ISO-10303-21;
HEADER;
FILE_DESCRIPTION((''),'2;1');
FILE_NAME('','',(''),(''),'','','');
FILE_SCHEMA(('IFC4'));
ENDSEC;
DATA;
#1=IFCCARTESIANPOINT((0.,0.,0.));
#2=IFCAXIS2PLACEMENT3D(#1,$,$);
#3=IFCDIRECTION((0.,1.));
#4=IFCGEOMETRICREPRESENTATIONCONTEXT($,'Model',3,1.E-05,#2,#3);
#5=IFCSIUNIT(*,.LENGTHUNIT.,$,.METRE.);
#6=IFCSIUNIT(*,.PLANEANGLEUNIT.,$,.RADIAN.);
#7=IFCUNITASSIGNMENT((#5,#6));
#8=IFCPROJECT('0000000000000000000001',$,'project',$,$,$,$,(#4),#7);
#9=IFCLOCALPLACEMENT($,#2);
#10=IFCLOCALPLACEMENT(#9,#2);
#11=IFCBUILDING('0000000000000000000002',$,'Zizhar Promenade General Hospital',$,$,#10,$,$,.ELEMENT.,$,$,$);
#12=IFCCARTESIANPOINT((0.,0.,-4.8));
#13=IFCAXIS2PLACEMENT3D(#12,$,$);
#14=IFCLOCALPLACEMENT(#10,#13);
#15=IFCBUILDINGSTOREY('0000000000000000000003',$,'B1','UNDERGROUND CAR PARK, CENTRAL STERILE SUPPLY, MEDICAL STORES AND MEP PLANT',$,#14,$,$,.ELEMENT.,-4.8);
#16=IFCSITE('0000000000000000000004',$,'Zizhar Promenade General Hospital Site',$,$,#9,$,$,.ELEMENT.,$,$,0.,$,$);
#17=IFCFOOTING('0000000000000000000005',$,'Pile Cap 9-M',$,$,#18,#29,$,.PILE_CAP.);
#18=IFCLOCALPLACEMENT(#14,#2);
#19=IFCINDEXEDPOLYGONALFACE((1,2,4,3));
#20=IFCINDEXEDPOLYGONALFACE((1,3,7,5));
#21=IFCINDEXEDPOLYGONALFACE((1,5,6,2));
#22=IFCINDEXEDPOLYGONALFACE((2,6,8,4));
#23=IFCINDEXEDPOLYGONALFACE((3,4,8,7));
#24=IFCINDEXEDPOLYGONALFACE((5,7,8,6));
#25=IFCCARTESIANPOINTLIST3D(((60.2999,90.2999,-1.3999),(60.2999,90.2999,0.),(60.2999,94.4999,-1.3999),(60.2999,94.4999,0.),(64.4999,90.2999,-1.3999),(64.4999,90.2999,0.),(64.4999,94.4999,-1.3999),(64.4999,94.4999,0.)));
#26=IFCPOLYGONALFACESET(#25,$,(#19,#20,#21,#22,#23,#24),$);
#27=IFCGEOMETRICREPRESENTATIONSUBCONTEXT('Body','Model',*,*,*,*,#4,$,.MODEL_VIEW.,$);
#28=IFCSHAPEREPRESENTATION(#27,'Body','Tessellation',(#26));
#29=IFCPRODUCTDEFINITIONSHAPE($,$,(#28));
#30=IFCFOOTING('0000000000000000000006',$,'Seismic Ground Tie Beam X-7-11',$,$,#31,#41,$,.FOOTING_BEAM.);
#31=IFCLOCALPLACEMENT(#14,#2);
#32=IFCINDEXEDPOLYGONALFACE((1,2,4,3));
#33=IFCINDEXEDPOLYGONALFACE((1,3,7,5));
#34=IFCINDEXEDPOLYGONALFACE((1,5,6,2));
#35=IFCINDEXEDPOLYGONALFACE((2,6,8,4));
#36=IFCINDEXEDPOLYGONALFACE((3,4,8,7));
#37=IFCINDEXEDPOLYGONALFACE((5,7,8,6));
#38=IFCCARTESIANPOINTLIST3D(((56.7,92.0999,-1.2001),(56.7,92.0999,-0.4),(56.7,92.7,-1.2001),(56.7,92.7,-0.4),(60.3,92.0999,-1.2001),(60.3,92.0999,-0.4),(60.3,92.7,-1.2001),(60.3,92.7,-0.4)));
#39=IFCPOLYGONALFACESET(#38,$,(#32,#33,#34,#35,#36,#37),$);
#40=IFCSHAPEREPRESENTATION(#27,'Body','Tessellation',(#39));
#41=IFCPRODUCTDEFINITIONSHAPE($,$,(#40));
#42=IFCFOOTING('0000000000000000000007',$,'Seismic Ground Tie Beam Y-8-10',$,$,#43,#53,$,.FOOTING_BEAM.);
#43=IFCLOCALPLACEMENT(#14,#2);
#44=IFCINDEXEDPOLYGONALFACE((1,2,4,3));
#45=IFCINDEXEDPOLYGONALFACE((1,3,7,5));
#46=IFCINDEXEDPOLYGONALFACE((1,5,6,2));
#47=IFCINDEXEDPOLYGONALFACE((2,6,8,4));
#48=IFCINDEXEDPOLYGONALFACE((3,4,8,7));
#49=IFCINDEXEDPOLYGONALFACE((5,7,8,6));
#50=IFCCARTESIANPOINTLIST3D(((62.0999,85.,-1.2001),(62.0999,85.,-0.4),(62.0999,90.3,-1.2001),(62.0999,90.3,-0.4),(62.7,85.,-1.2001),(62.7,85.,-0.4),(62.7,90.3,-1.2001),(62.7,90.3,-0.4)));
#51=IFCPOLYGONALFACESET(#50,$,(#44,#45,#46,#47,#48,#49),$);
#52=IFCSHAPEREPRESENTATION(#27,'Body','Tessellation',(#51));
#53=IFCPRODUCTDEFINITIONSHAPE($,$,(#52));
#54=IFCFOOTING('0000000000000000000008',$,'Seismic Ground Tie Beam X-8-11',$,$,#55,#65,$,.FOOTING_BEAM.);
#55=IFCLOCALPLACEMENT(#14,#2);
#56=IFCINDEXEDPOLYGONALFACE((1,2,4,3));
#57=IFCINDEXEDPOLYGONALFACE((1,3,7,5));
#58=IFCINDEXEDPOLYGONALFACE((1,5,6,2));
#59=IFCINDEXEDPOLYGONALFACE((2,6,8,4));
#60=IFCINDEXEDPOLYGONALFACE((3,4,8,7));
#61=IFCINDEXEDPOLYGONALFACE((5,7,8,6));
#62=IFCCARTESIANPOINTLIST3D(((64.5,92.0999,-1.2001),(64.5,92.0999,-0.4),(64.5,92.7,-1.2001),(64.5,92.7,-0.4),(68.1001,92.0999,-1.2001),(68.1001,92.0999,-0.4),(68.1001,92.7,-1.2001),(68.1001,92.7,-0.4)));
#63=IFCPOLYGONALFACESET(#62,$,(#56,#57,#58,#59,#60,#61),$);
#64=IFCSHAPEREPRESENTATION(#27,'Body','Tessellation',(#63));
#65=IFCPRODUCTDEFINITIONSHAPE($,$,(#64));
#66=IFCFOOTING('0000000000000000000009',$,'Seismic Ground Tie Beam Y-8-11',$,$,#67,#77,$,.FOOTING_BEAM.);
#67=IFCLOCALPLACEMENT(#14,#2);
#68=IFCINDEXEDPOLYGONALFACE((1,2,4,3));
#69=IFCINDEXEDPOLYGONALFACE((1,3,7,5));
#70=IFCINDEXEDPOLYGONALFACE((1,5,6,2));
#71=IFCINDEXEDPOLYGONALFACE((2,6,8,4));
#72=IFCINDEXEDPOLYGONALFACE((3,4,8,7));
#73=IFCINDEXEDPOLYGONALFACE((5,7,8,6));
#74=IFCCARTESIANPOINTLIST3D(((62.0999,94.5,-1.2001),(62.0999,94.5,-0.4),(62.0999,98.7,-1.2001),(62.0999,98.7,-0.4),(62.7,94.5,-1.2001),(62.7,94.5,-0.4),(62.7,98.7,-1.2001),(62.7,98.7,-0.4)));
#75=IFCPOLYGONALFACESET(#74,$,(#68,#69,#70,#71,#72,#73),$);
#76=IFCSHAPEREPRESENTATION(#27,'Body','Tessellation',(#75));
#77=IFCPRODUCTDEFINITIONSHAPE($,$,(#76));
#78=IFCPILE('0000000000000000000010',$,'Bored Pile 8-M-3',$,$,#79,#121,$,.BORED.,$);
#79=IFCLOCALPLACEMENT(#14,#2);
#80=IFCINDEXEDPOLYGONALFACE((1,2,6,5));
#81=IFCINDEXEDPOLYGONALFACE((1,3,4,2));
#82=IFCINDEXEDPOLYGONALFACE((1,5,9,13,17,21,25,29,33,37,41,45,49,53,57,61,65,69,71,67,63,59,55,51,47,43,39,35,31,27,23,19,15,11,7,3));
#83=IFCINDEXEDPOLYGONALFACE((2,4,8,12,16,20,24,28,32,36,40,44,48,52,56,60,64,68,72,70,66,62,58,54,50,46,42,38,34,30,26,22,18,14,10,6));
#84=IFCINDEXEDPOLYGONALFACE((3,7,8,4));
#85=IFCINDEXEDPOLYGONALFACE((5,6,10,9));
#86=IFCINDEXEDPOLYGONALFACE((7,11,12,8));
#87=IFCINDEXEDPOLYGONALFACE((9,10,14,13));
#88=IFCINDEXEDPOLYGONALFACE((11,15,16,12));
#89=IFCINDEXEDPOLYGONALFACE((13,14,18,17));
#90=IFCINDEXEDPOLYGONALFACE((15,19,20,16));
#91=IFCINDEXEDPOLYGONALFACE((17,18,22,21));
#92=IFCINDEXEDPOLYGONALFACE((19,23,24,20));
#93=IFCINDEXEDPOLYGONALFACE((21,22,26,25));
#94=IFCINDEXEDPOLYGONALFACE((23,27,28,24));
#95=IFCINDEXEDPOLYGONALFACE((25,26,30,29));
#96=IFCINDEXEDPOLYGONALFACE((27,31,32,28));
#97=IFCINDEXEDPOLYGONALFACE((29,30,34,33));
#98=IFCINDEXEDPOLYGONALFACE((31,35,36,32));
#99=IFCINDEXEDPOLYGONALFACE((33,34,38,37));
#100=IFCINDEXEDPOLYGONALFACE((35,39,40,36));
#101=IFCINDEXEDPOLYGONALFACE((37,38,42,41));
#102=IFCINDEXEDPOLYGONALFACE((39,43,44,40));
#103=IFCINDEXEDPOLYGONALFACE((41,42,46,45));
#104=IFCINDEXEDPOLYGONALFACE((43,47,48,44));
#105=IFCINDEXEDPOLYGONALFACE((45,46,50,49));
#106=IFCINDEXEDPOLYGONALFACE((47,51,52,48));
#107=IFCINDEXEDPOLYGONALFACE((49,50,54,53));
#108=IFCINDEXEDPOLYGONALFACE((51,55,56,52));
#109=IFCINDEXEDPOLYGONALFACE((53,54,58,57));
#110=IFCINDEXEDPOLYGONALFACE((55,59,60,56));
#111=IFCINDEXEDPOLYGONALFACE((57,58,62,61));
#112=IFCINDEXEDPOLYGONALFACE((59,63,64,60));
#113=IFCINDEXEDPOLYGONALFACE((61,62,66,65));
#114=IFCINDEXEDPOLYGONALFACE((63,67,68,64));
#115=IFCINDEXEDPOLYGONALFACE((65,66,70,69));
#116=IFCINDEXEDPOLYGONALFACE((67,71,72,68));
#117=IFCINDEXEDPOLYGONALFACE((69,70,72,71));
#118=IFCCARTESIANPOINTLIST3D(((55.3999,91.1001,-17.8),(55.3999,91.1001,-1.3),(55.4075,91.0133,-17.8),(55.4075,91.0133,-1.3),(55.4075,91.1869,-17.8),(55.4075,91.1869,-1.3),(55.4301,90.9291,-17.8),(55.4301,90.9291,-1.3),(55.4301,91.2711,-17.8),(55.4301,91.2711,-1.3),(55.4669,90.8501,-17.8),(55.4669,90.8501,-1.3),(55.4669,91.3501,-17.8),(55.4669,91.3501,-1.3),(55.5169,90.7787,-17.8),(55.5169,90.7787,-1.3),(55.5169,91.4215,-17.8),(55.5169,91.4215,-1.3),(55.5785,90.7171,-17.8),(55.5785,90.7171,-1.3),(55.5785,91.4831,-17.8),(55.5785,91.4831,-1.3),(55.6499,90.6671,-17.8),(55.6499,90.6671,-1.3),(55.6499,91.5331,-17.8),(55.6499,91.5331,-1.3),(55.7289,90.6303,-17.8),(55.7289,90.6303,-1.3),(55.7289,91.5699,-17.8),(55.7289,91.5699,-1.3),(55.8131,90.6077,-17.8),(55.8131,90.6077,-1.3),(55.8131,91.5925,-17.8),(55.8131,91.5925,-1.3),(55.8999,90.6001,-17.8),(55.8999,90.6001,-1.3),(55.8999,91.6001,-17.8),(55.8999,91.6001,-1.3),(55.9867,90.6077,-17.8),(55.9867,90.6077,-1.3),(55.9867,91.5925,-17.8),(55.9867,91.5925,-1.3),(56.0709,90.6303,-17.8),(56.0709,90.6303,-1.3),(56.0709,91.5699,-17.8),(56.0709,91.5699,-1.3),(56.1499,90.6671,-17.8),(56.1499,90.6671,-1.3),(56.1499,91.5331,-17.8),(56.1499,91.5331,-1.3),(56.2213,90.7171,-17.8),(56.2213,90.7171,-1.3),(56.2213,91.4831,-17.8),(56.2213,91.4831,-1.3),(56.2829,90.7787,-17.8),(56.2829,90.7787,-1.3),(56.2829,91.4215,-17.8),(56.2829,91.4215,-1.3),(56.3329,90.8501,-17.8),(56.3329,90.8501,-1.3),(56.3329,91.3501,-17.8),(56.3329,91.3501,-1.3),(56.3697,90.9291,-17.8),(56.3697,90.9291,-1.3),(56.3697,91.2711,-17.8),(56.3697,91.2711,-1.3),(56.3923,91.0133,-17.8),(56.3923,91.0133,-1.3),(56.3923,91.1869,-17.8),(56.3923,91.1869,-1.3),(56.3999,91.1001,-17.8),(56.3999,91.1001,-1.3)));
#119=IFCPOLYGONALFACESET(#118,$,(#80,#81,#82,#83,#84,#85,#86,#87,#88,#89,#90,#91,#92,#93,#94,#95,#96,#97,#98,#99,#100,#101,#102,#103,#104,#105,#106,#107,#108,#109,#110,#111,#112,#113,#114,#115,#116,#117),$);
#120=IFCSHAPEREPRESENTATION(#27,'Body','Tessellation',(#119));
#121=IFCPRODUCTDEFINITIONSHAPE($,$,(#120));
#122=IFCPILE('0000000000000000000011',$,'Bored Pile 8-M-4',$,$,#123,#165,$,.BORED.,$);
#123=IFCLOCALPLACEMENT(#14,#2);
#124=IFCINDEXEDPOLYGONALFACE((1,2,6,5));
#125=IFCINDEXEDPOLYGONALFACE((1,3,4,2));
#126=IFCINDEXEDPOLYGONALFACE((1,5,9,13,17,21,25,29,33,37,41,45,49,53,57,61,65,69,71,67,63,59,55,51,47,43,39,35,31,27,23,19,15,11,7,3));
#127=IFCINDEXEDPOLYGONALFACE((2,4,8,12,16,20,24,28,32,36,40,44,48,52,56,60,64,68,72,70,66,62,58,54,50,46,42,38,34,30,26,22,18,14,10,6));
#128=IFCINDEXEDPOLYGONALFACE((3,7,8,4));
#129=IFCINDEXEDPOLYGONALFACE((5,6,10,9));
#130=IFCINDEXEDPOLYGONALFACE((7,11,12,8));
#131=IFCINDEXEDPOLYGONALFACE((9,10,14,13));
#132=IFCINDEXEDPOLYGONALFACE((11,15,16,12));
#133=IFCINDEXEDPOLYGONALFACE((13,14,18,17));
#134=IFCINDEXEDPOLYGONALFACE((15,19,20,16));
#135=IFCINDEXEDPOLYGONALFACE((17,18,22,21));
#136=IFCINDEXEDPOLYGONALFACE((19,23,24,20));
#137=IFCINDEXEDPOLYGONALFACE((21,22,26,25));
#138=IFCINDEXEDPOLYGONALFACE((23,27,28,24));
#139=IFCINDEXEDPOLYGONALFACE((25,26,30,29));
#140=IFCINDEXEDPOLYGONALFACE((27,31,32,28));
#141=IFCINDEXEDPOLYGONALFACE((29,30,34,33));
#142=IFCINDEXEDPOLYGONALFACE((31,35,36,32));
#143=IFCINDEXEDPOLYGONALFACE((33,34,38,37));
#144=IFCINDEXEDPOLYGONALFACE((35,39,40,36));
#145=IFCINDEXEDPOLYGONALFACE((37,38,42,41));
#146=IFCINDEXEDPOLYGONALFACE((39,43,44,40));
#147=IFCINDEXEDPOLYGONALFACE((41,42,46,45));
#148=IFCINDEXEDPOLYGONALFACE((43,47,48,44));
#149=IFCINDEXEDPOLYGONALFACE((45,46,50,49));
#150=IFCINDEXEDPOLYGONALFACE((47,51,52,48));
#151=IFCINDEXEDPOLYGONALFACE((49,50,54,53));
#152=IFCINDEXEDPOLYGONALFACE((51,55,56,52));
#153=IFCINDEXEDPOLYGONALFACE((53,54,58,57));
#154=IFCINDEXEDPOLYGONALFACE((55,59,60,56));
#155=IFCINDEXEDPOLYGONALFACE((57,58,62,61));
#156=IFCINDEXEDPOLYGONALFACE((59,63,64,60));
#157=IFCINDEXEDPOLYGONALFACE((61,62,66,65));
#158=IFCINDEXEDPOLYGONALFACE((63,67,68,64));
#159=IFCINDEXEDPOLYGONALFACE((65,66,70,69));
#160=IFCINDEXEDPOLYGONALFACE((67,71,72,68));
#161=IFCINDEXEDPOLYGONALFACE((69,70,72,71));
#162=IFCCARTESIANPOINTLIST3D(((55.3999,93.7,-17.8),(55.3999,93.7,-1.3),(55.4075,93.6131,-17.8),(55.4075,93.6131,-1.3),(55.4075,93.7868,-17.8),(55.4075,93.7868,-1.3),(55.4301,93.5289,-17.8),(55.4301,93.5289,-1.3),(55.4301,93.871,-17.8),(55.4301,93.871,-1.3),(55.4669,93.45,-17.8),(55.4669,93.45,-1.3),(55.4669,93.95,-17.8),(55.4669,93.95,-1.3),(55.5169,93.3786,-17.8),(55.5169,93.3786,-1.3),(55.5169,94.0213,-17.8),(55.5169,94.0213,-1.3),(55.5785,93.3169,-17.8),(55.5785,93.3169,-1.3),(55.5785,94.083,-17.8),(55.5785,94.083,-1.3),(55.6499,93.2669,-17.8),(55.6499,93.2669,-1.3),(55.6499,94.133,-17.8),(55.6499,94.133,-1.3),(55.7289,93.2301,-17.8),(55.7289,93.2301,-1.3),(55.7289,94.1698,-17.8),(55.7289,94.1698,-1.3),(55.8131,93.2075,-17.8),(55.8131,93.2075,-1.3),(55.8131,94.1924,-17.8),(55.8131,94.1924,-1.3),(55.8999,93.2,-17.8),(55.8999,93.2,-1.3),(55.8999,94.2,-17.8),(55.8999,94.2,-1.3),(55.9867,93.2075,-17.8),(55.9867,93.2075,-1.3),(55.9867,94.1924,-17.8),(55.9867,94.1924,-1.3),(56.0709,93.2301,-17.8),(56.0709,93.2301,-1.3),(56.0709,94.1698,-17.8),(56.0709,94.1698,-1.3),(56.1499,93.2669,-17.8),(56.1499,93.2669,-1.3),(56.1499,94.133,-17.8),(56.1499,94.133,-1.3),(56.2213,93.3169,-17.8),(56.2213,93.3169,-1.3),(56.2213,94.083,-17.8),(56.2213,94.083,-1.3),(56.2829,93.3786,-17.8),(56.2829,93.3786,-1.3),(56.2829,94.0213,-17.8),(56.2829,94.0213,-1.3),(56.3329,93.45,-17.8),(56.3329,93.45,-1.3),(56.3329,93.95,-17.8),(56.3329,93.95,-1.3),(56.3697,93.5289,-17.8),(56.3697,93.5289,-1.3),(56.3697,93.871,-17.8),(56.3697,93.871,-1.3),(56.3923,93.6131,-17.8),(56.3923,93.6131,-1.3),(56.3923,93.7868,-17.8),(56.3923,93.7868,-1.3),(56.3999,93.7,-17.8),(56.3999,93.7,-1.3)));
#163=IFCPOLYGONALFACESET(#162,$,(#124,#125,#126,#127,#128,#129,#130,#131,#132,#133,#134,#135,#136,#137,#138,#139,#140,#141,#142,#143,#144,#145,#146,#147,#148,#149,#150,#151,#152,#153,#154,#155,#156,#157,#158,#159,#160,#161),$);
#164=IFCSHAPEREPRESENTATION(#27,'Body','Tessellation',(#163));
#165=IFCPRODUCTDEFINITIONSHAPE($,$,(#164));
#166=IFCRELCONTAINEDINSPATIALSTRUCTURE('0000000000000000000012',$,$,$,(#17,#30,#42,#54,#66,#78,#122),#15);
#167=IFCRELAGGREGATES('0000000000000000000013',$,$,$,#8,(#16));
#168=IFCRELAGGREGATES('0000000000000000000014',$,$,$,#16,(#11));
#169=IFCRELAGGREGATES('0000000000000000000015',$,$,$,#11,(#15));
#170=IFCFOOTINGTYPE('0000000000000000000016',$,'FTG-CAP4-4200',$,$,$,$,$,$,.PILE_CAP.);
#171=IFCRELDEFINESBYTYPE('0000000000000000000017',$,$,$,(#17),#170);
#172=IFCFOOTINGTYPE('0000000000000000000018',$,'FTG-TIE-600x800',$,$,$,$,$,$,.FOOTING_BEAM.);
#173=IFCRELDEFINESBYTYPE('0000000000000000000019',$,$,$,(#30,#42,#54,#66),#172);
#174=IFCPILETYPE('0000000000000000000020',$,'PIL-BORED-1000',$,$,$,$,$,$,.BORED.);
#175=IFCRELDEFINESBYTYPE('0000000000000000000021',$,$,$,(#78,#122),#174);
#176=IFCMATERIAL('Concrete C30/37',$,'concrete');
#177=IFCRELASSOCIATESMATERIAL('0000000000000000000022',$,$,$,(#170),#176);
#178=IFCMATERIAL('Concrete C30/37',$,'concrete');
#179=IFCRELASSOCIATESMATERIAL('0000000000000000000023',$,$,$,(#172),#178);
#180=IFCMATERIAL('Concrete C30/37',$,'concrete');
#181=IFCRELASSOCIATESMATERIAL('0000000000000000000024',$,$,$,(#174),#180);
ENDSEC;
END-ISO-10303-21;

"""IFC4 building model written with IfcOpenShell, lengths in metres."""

from ifc_helpers import new_model, si_unit, direction, frame, origin, origin_2d, place, context, subcontext, project, spatial, rectangle, circle, extrude, material, material_profile, profile_set, type_object, element, save


model = new_model("IFC4")

# Units and contexts
model_context = context("Model", 3, precision=1e-05, world=origin(), true_north=direction((0.0, 1.0)))
body_context = subcontext(model_context, "Body", "Model", "MODEL_VIEW")
ifc_project = project(units=[si_unit("LENGTHUNIT", "METRE"), si_unit("PLANEANGLEUNIT", "RADIAN")], contexts=[model_context])

# Site, building, storey
site_placement = place(None, origin())
site = spatial("IfcSite", under=ifc_project, at=site_placement, Name="Zizhar Promenade General Hospital Site", CompositionType="ELEMENT", RefElevation=0.0)
building_placement = place(site_placement, origin())
building = spatial("IfcBuilding", under=site, at=building_placement, Name="Zizhar Promenade General Hospital", CompositionType="ELEMENT")
storey_placement = place(building_placement, frame((0.0, 0.0, -4.8)))
storey = spatial("IfcBuildingStorey", under=building, at=storey_placement, Name="B1", Description="UNDERGROUND CAR PARK, CENTRAL STERILE SUPPLY, MEDICAL STORES AND MEP PLANT", CompositionType="ELEMENT", Elevation=-4.8)

# Footings
ifc_material_1 = material(Name="Concrete C30/37", Category="concrete")
footing_type_1 = type_object("IfcFootingType", Name="FTG-CAP4-4200", PredefinedType="PILE_CAP", material=ifc_material_1)
footing_1_placement = place(storey_placement, frame((62.3999, 92.3999, -1.3999), z_axis=(0.0, 0.0, 1.0), x_axis=(1.0, 0.0, 0.0)))
element("IfcFooting", 1, at=footing_1_placement, inside=storey, type_object=footing_type_1, Name="Pile Cap 9-M", PredefinedType="PILE_CAP", context=body_context, shape_type="SweptSolid", body=[
    extrude(rectangle(XDim=4.2, YDim=4.2, at=origin_2d()), origin(), (0.0, 0.0, 1.0), 1.3999),
])
ifc_material_2 = material(Name="Concrete C30/37", Category="concrete")
ifc_material_profile_1 = material_profile(ifc_material_2, rectangle(XDim=0.6001, YDim=0.8, at=origin_2d()))
ifc_profile_set_1 = profile_set([ifc_material_profile_1], Name="Concrete C30/37")
footing_type_2 = type_object("IfcFootingType", Name="FTG-TIE-600x800", PredefinedType="FOOTING_BEAM", material=ifc_profile_set_1)
footing_2_placement = place(storey_placement, frame((56.7, 92.3999, -0.8), z_axis=(1.0, 0.0, 0.0), x_axis=(0.0, 1.0, 0.0)))
element("IfcFooting", 2, at=footing_2_placement, inside=storey, type_object=footing_type_2, Name="Seismic Ground Tie Beam X-7-11", PredefinedType="FOOTING_BEAM", context=body_context, shape_type="SweptSolid", body=[
    extrude(rectangle(XDim=0.6001, YDim=0.8, at=origin_2d()), origin(), (0.0, 0.0, 1.0), 3.6001),
])
footing_3_placement = place(storey_placement, frame((62.3999, 85.0, -0.8), z_axis=(0.0, 1.0, 0.0), x_axis=(-1.0, 0.0, 0.0)))
element("IfcFooting", 3, at=footing_3_placement, inside=storey, type_object=footing_type_2, Name="Seismic Ground Tie Beam Y-8-10", PredefinedType="FOOTING_BEAM", context=body_context, shape_type="SweptSolid", body=[
    extrude(rectangle(XDim=0.6001, YDim=0.8, at=origin_2d()), origin(), (0.0, 0.0, 1.0), 5.3),
])
footing_4_placement = place(storey_placement, frame((64.5, 92.3999, -0.8), z_axis=(1.0, 0.0, 0.0), x_axis=(0.0, 1.0, 0.0)))
element("IfcFooting", 4, at=footing_4_placement, inside=storey, type_object=footing_type_2, Name="Seismic Ground Tie Beam X-8-11", PredefinedType="FOOTING_BEAM", context=body_context, shape_type="SweptSolid", body=[
    extrude(rectangle(XDim=0.6001, YDim=0.8, at=origin_2d()), origin(), (0.0, 0.0, 1.0), 3.6001),
])
footing_5_placement = place(storey_placement, frame((62.3999, 94.5, -0.8), z_axis=(0.0, 1.0, 0.0), x_axis=(-1.0, 0.0, 0.0)))
element("IfcFooting", 5, at=footing_5_placement, inside=storey, type_object=footing_type_2, Name="Seismic Ground Tie Beam Y-8-11", PredefinedType="FOOTING_BEAM", context=body_context, shape_type="SweptSolid", body=[
    extrude(rectangle(XDim=0.6001, YDim=0.8, at=origin_2d()), origin(), (0.0, 0.0, 1.0), 4.2),
])

# Piles
ifc_material_3 = material(Name="Concrete C30/37", Category="concrete")
ifc_material_profile_2 = material_profile(ifc_material_3, circle(Radius=0.5, at=origin_2d()))
ifc_profile_set_2 = profile_set([ifc_material_profile_2], Name="Concrete C30/37")
pile_type = type_object("IfcPileType", Name="PIL-BORED-1000", PredefinedType="BORED", material=ifc_profile_set_2)
for number, where, z_axis, x_axis, name in (
    (6, (55.8999, 91.1001, -1.3), (0.0, 0.0, -1.0), (1.0, 0.0, 0.0), "Bored Pile 8-M-3"),
    (7, (55.8999, 93.7, -1.3), (0.0, 0.0, -1.0), (1.0, 0.0, 0.0), "Bored Pile 8-M-4"),
):
    element("IfcPile", number, at=place(storey_placement, frame(where, z_axis=z_axis, x_axis=x_axis)), inside=storey, type_object=pile_type, Name=name, PredefinedType="BORED", context=body_context, shape_type="SweptSolid", body=[
        extrude(circle(Radius=0.5, at=origin_2d()), origin(), (0.0, 0.0, 1.0), 16.5),
    ])

save(model, "model.ifc")
